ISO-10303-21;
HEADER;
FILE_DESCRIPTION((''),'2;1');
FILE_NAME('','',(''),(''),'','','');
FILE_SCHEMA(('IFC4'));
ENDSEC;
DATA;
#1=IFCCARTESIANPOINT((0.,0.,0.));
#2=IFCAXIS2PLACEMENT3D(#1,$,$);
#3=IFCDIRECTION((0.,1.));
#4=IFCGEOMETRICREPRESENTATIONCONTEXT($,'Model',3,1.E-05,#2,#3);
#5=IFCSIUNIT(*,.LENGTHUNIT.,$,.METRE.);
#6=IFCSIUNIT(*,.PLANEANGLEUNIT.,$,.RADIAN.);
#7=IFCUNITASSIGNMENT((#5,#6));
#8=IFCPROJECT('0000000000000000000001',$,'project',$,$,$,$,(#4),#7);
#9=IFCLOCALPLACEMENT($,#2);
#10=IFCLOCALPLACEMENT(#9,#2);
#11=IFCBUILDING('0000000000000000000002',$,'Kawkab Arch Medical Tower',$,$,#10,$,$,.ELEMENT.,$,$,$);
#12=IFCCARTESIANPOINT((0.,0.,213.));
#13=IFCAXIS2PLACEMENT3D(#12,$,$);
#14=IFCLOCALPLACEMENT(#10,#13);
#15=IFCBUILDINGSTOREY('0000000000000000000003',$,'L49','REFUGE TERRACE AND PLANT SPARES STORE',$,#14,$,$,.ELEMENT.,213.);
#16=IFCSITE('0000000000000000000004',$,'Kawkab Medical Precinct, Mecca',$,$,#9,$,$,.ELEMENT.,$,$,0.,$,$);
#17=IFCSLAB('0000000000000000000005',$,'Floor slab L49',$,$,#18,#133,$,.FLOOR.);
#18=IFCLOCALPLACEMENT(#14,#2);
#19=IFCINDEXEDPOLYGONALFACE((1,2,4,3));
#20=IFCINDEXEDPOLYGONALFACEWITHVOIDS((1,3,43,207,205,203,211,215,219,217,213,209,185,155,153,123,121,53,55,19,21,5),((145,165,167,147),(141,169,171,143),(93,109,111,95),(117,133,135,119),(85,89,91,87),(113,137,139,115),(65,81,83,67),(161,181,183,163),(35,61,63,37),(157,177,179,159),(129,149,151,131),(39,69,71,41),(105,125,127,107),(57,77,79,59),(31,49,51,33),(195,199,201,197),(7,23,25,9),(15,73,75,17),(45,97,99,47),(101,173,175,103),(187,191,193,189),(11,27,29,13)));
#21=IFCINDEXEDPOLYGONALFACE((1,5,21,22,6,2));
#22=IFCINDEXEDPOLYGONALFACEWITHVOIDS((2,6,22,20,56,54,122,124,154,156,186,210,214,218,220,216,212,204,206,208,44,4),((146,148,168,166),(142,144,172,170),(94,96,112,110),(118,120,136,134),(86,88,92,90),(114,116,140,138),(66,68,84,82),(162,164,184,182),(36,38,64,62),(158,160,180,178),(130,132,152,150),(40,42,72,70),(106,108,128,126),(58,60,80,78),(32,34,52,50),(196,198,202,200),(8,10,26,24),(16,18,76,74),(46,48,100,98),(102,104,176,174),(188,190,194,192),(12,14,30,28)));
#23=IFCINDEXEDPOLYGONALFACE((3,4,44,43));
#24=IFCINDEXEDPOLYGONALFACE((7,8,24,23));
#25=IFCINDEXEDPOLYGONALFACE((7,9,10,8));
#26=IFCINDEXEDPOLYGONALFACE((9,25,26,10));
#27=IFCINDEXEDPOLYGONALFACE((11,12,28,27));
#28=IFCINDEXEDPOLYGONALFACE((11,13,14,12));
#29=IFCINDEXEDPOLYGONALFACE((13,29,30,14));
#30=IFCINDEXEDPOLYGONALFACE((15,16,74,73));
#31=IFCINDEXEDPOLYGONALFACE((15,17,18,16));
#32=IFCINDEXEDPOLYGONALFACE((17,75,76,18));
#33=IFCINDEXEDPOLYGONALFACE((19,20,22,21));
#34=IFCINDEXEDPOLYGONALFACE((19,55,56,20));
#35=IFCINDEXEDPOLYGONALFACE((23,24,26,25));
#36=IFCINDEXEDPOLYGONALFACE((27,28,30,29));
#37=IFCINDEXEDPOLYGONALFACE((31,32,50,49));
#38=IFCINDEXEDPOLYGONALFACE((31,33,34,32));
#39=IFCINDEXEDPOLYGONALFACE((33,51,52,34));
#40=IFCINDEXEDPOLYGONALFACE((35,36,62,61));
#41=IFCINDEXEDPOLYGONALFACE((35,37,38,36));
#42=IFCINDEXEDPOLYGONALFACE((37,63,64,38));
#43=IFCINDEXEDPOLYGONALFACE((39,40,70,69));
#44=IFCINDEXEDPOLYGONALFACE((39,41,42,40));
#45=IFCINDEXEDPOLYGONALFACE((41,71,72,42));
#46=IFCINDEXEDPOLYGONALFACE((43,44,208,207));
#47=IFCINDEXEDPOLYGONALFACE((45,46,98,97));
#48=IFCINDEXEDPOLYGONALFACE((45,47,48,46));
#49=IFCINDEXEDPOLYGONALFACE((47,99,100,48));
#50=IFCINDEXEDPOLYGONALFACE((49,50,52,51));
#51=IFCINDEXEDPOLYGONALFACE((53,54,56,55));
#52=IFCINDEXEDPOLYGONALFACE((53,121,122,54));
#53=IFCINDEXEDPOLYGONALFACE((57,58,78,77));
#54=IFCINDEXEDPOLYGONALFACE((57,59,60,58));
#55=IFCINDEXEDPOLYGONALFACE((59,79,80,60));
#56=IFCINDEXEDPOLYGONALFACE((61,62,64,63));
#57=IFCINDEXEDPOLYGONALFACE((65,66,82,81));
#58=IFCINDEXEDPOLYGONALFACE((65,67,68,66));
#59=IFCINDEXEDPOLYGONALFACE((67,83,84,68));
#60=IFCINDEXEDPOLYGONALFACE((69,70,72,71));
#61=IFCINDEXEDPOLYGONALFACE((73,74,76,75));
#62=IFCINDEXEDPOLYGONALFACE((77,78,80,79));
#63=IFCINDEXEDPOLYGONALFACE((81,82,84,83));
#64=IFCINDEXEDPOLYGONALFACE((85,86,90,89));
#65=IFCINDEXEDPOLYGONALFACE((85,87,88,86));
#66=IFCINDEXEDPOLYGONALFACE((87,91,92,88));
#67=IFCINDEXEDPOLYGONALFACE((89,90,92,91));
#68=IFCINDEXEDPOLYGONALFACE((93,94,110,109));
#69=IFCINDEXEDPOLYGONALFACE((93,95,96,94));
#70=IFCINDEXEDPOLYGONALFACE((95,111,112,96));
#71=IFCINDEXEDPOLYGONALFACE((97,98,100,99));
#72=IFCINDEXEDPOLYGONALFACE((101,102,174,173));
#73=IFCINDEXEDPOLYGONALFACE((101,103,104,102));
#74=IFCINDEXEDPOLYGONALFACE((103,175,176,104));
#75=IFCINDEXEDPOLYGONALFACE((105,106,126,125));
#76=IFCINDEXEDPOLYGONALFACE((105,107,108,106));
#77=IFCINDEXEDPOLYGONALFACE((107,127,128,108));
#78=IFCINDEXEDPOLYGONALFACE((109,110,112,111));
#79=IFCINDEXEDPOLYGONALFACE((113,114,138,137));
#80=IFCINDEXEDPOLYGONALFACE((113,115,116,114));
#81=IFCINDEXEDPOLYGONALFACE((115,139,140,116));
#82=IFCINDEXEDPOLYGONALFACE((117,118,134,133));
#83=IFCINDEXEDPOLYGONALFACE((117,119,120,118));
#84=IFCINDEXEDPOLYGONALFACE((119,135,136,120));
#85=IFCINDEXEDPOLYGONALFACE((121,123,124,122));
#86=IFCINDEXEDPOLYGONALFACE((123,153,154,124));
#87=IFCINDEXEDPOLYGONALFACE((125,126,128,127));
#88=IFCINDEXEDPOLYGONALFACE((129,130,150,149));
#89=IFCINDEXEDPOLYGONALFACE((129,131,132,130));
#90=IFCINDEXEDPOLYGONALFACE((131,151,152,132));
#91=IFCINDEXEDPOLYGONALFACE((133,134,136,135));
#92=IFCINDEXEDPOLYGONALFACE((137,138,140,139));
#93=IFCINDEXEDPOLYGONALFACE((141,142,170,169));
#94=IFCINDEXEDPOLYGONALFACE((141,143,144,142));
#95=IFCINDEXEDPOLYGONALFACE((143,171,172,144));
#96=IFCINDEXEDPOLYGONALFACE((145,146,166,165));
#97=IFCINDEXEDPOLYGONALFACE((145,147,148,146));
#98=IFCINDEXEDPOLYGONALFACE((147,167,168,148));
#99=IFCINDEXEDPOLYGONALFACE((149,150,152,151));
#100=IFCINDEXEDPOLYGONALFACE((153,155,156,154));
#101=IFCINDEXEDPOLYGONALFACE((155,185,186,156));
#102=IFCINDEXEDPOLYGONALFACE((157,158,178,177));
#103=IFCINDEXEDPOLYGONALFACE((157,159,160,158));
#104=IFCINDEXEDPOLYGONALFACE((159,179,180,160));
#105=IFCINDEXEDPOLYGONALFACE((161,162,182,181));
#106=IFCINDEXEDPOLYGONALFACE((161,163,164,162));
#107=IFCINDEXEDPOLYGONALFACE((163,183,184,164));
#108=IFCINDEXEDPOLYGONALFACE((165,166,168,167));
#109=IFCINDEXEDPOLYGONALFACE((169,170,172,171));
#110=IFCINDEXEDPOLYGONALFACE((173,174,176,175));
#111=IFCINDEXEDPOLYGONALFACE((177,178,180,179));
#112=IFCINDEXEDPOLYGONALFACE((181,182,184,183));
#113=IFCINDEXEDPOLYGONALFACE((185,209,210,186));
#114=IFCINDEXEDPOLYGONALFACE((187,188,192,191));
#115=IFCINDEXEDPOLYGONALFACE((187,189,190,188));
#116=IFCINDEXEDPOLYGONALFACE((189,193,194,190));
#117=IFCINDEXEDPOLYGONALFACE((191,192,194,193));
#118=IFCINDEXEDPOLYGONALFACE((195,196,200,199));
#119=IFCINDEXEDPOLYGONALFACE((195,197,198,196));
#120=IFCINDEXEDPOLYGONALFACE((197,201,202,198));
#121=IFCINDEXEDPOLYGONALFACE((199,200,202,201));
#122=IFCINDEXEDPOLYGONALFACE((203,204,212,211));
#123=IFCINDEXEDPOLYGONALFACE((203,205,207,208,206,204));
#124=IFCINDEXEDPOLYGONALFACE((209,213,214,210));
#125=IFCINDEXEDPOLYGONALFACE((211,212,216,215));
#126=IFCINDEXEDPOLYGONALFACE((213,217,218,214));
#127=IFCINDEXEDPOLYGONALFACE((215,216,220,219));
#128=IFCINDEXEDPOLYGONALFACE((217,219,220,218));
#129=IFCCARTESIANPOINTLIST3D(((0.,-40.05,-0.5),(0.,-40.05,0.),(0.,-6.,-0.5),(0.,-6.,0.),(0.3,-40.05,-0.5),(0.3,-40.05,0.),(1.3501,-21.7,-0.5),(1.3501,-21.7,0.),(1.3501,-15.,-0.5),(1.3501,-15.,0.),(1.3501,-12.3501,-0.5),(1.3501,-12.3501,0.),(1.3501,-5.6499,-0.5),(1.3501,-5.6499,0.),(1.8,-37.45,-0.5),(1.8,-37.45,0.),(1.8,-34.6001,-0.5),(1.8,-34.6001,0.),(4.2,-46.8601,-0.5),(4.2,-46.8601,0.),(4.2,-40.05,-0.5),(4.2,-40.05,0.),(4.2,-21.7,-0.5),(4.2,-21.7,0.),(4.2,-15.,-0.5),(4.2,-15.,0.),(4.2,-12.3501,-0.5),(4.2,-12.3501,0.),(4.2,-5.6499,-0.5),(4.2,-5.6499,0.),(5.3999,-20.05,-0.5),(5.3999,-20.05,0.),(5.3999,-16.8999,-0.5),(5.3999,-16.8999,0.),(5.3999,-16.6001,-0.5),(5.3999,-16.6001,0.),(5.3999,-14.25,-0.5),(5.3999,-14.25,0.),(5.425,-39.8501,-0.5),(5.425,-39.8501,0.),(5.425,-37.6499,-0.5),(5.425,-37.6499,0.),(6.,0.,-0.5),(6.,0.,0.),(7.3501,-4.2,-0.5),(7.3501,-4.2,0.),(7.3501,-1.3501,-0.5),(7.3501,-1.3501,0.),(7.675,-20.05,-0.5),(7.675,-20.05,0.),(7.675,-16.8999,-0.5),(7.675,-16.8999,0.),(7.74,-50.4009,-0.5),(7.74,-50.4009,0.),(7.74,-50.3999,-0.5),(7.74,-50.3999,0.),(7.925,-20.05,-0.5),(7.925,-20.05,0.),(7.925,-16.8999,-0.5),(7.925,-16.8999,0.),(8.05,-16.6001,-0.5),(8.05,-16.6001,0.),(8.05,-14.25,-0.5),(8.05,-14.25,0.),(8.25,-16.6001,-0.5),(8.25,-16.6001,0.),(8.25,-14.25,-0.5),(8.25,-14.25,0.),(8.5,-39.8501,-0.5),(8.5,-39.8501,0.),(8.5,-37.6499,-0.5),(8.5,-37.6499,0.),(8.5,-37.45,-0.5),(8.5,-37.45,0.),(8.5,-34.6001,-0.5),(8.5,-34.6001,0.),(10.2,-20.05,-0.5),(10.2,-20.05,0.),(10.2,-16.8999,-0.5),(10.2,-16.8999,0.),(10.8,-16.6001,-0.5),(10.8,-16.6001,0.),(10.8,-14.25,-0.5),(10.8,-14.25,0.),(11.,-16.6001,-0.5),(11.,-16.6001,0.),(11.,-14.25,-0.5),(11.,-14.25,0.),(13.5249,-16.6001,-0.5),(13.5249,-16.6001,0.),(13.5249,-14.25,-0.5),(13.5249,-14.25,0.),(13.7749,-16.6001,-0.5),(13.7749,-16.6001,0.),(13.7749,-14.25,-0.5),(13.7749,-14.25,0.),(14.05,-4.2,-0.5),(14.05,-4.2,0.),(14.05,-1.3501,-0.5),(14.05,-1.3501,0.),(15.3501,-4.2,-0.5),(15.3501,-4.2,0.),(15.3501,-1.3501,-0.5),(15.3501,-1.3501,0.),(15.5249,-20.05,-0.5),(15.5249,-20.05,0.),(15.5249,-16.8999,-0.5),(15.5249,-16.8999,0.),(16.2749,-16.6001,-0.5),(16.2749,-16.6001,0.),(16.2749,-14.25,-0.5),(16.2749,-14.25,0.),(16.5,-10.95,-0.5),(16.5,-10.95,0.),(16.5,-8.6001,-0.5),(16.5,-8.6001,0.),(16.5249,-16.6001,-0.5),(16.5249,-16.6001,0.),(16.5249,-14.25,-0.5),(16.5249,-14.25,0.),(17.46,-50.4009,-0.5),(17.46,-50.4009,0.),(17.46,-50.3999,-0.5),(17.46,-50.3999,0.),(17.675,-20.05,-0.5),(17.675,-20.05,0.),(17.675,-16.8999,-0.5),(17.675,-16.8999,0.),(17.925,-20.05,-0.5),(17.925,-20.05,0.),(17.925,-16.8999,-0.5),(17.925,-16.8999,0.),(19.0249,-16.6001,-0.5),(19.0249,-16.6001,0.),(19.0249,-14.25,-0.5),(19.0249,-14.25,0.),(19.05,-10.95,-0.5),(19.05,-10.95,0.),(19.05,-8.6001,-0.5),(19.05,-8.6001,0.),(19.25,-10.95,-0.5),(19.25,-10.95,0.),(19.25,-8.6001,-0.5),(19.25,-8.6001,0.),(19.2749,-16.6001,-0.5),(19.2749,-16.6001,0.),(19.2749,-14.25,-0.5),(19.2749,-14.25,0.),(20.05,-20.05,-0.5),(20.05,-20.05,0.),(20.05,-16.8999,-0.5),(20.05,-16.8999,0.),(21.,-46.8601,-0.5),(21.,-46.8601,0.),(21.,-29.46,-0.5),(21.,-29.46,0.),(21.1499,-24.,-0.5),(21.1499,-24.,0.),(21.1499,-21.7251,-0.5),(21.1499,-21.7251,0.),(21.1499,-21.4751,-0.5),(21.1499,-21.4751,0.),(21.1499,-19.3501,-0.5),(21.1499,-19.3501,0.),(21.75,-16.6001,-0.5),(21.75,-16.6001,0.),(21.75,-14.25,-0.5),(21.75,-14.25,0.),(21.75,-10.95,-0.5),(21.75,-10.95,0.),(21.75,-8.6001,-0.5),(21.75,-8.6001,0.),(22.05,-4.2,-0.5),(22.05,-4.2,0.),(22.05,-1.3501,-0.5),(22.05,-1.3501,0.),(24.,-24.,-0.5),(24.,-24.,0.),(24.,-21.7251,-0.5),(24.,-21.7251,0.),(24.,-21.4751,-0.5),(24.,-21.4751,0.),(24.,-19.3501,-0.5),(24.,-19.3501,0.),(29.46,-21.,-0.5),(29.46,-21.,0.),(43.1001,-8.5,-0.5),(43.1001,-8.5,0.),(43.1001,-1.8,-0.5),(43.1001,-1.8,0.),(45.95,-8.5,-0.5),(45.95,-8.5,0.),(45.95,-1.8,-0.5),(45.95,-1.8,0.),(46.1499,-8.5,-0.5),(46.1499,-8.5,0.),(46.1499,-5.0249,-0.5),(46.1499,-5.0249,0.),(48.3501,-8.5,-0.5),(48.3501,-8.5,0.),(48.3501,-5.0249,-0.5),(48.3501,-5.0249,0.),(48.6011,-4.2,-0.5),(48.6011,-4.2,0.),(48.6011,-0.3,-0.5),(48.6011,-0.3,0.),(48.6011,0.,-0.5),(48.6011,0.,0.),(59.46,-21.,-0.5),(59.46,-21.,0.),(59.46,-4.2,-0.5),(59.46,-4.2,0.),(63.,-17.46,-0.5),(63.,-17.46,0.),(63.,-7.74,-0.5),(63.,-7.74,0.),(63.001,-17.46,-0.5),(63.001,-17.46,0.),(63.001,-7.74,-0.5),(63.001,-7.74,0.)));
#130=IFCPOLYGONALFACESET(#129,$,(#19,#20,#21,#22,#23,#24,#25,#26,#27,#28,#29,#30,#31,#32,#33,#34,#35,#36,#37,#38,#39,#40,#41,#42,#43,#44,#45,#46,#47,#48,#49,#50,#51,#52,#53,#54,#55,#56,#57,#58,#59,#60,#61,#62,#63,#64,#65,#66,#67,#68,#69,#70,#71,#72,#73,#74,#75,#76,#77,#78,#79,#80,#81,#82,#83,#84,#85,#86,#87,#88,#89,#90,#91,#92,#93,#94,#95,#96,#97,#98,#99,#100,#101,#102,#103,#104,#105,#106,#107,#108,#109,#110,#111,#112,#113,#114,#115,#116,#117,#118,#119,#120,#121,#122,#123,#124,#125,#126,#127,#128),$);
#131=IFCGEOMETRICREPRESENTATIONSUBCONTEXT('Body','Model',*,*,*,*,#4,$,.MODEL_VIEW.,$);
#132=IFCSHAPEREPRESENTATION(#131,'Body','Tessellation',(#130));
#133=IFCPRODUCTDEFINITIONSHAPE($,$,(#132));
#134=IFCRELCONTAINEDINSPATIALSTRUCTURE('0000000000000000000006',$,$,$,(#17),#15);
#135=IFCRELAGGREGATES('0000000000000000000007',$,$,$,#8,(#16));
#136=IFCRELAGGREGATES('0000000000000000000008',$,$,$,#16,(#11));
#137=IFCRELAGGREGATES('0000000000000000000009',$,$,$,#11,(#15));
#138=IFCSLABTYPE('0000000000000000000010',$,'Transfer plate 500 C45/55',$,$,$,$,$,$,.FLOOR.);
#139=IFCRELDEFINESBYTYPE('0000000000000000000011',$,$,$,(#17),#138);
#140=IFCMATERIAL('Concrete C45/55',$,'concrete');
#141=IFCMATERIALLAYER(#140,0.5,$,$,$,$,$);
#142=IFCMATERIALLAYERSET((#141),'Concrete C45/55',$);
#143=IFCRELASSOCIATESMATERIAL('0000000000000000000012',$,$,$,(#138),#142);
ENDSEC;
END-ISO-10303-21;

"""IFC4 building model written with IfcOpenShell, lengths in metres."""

from ifc_helpers import new_model, si_unit, direction, frame, origin, place, context, subcontext, project, spatial, polyline, outline, extrude, material, layer, layer_set, type_object, element, save


model = new_model("IFC4")

# Units and contexts
model_context = context("Model", 3, precision=1e-05, world=origin(), true_north=direction((0.0, 1.0)))
body_context = subcontext(model_context, "Body", "Model", "MODEL_VIEW")
ifc_project = project(units=[si_unit("LENGTHUNIT", "METRE"), si_unit("PLANEANGLEUNIT", "RADIAN")], contexts=[model_context])

# Site, building, storey
site_placement = place(None, origin())
site = spatial("IfcSite", under=ifc_project, at=site_placement, Name="Kawkab Medical Precinct, Mecca", CompositionType="ELEMENT", RefElevation=0.0)
building_placement = place(site_placement, origin())
building = spatial("IfcBuilding", under=site, at=building_placement, Name="Kawkab Arch Medical Tower", CompositionType="ELEMENT")
storey_placement = place(building_placement, frame((0.0, 0.0, 213.0)))
storey = spatial("IfcBuildingStorey", under=building, at=storey_placement, Name="L49", Description="REFUGE TERRACE AND PLANT SPARES STORE", CompositionType="ELEMENT", Elevation=213.0)

# Slab
placement_1 = place(storey_placement, frame((0.0, 0.0, -0.5)))
ifc_material_1 = material(Name="Concrete C45/55", Category="concrete")
ifc_layer_1 = layer(ifc_material_1, 0.5)
ifc_layer_set_1 = layer_set([ifc_layer_1], Name="Concrete C45/55")
slab_type_1 = type_object("IfcSlabType", Name="Transfer plate 500 C45/55", PredefinedType="FLOOR", material=ifc_layer_set_1)
element("IfcSlab", 1, at=placement_1, inside=storey, type_object=slab_type_1, Name="Floor slab L49", PredefinedType="FLOOR", context=body_context, shape_type="SweptSolid", body=[
    extrude(outline(polyline([(48.6011, 0.0), (48.6011, -0.3), (48.6011, -4.2), (59.46, -4.2), (63.0, -7.74), (63.001, -7.74), (63.001, -17.46), (63.0, -17.46), (59.46, -21.0), (29.46, -21.0), (21.0, -29.46), (21.0, -46.8601), (17.46, -50.3999), (17.46, -50.4009), (7.74, -50.4009), (7.74, -50.3999), (4.2, -46.8601), (4.2, -40.05), (0.3, -40.05), (0.0, -40.05), (0.0, -6.0), (6.0, 0.0), (48.6011, 0.0)]), holes=[polyline([(5.425, -37.6499), (5.425, -39.8501), (8.5, -39.8501), (8.5, -37.6499), (5.425, -37.6499)]), polyline([(8.5, -37.45), (8.5, -34.6001), (1.8, -34.6001), (1.8, -37.45), (8.5, -37.45)]), polyline([(5.3999, -20.05), (7.675, -20.05), (7.675, -16.8999), (5.3999, -16.8999), (5.3999, -20.05)]), polyline([(10.2, -20.05), (10.2, -16.8999), (7.925, -16.8999), (7.925, -20.05), (10.2, -20.05)]), polyline([(4.2, -21.7), (4.2, -15.0), (1.3501, -15.0), (1.3501, -21.7), (4.2, -21.7)]), polyline([(5.3999, -16.6001), (8.05, -16.6001), (8.05, -14.25), (5.3999, -14.25), (5.3999, -16.6001)]), polyline([(8.25, -16.6001), (10.8, -16.6001), (10.8, -14.25), (8.25, -14.25), (8.25, -16.6001)]), polyline([(11.0, -14.25), (11.0, -16.6001), (13.5249, -16.6001), (13.5249, -14.25), (11.0, -14.25)]), polyline([(13.7749, -16.6001), (16.2749, -16.6001), (16.2749, -14.25), (13.7749, -14.25), (13.7749, -16.6001)]), polyline([(4.2, -12.3501), (4.2, -5.6499), (1.3501, -5.6499), (1.3501, -12.3501), (4.2, -12.3501)]), polyline([(7.3501, -4.2), (14.05, -4.2), (14.05, -1.3501), (7.3501, -1.3501), (7.3501, -4.2)]), polyline([(24.0, -21.7251), (21.1499, -21.7251), (21.1499, -24.0), (24.0, -24.0), (24.0, -21.7251)]), polyline([(24.0, -19.3501), (21.1499, -19.3501), (21.1499, -21.4751), (24.0, -21.4751), (24.0, -19.3501)]), polyline([(17.675, -20.05), (17.675, -16.8999), (15.5249, -16.8999), (15.5249, -20.05), (17.675, -20.05)]), polyline([(17.925, -20.05), (20.05, -20.05), (20.05, -16.8999), (17.925, -16.8999), (17.925, -20.05)]), polyline([(19.0249, -16.6001), (19.0249, -14.25), (16.5249, -14.25), (16.5249, -16.6001), (19.0249, -16.6001)]), polyline([(21.75, -16.6001), (21.75, -14.25), (19.2749, -14.25), (19.2749, -16.6001), (21.75, -16.6001)]), polyline([(16.5, -8.6001), (16.5, -10.95), (19.05, -10.95), (19.05, -8.6001), (16.5, -8.6001)]), polyline([(19.25, -10.95), (21.75, -10.95), (21.75, -8.6001), (19.25, -8.6001), (19.25, -10.95)]), polyline([(46.1499, -8.5), (48.3501, -8.5), (48.3501, -5.0249), (46.1499, -5.0249), (46.1499, -8.5)]), polyline([(43.1001, -1.8), (43.1001, -8.5), (45.95, -8.5), (45.95, -1.8), (43.1001, -1.8)]), polyline([(22.05, -1.3501), (15.3501, -1.3501), (15.3501, -4.2), (22.05, -4.2), (22.05, -1.3501)])]), origin(), (0.0, 0.0, 1.0), 0.5),
])

save(model, "model.ifc")
